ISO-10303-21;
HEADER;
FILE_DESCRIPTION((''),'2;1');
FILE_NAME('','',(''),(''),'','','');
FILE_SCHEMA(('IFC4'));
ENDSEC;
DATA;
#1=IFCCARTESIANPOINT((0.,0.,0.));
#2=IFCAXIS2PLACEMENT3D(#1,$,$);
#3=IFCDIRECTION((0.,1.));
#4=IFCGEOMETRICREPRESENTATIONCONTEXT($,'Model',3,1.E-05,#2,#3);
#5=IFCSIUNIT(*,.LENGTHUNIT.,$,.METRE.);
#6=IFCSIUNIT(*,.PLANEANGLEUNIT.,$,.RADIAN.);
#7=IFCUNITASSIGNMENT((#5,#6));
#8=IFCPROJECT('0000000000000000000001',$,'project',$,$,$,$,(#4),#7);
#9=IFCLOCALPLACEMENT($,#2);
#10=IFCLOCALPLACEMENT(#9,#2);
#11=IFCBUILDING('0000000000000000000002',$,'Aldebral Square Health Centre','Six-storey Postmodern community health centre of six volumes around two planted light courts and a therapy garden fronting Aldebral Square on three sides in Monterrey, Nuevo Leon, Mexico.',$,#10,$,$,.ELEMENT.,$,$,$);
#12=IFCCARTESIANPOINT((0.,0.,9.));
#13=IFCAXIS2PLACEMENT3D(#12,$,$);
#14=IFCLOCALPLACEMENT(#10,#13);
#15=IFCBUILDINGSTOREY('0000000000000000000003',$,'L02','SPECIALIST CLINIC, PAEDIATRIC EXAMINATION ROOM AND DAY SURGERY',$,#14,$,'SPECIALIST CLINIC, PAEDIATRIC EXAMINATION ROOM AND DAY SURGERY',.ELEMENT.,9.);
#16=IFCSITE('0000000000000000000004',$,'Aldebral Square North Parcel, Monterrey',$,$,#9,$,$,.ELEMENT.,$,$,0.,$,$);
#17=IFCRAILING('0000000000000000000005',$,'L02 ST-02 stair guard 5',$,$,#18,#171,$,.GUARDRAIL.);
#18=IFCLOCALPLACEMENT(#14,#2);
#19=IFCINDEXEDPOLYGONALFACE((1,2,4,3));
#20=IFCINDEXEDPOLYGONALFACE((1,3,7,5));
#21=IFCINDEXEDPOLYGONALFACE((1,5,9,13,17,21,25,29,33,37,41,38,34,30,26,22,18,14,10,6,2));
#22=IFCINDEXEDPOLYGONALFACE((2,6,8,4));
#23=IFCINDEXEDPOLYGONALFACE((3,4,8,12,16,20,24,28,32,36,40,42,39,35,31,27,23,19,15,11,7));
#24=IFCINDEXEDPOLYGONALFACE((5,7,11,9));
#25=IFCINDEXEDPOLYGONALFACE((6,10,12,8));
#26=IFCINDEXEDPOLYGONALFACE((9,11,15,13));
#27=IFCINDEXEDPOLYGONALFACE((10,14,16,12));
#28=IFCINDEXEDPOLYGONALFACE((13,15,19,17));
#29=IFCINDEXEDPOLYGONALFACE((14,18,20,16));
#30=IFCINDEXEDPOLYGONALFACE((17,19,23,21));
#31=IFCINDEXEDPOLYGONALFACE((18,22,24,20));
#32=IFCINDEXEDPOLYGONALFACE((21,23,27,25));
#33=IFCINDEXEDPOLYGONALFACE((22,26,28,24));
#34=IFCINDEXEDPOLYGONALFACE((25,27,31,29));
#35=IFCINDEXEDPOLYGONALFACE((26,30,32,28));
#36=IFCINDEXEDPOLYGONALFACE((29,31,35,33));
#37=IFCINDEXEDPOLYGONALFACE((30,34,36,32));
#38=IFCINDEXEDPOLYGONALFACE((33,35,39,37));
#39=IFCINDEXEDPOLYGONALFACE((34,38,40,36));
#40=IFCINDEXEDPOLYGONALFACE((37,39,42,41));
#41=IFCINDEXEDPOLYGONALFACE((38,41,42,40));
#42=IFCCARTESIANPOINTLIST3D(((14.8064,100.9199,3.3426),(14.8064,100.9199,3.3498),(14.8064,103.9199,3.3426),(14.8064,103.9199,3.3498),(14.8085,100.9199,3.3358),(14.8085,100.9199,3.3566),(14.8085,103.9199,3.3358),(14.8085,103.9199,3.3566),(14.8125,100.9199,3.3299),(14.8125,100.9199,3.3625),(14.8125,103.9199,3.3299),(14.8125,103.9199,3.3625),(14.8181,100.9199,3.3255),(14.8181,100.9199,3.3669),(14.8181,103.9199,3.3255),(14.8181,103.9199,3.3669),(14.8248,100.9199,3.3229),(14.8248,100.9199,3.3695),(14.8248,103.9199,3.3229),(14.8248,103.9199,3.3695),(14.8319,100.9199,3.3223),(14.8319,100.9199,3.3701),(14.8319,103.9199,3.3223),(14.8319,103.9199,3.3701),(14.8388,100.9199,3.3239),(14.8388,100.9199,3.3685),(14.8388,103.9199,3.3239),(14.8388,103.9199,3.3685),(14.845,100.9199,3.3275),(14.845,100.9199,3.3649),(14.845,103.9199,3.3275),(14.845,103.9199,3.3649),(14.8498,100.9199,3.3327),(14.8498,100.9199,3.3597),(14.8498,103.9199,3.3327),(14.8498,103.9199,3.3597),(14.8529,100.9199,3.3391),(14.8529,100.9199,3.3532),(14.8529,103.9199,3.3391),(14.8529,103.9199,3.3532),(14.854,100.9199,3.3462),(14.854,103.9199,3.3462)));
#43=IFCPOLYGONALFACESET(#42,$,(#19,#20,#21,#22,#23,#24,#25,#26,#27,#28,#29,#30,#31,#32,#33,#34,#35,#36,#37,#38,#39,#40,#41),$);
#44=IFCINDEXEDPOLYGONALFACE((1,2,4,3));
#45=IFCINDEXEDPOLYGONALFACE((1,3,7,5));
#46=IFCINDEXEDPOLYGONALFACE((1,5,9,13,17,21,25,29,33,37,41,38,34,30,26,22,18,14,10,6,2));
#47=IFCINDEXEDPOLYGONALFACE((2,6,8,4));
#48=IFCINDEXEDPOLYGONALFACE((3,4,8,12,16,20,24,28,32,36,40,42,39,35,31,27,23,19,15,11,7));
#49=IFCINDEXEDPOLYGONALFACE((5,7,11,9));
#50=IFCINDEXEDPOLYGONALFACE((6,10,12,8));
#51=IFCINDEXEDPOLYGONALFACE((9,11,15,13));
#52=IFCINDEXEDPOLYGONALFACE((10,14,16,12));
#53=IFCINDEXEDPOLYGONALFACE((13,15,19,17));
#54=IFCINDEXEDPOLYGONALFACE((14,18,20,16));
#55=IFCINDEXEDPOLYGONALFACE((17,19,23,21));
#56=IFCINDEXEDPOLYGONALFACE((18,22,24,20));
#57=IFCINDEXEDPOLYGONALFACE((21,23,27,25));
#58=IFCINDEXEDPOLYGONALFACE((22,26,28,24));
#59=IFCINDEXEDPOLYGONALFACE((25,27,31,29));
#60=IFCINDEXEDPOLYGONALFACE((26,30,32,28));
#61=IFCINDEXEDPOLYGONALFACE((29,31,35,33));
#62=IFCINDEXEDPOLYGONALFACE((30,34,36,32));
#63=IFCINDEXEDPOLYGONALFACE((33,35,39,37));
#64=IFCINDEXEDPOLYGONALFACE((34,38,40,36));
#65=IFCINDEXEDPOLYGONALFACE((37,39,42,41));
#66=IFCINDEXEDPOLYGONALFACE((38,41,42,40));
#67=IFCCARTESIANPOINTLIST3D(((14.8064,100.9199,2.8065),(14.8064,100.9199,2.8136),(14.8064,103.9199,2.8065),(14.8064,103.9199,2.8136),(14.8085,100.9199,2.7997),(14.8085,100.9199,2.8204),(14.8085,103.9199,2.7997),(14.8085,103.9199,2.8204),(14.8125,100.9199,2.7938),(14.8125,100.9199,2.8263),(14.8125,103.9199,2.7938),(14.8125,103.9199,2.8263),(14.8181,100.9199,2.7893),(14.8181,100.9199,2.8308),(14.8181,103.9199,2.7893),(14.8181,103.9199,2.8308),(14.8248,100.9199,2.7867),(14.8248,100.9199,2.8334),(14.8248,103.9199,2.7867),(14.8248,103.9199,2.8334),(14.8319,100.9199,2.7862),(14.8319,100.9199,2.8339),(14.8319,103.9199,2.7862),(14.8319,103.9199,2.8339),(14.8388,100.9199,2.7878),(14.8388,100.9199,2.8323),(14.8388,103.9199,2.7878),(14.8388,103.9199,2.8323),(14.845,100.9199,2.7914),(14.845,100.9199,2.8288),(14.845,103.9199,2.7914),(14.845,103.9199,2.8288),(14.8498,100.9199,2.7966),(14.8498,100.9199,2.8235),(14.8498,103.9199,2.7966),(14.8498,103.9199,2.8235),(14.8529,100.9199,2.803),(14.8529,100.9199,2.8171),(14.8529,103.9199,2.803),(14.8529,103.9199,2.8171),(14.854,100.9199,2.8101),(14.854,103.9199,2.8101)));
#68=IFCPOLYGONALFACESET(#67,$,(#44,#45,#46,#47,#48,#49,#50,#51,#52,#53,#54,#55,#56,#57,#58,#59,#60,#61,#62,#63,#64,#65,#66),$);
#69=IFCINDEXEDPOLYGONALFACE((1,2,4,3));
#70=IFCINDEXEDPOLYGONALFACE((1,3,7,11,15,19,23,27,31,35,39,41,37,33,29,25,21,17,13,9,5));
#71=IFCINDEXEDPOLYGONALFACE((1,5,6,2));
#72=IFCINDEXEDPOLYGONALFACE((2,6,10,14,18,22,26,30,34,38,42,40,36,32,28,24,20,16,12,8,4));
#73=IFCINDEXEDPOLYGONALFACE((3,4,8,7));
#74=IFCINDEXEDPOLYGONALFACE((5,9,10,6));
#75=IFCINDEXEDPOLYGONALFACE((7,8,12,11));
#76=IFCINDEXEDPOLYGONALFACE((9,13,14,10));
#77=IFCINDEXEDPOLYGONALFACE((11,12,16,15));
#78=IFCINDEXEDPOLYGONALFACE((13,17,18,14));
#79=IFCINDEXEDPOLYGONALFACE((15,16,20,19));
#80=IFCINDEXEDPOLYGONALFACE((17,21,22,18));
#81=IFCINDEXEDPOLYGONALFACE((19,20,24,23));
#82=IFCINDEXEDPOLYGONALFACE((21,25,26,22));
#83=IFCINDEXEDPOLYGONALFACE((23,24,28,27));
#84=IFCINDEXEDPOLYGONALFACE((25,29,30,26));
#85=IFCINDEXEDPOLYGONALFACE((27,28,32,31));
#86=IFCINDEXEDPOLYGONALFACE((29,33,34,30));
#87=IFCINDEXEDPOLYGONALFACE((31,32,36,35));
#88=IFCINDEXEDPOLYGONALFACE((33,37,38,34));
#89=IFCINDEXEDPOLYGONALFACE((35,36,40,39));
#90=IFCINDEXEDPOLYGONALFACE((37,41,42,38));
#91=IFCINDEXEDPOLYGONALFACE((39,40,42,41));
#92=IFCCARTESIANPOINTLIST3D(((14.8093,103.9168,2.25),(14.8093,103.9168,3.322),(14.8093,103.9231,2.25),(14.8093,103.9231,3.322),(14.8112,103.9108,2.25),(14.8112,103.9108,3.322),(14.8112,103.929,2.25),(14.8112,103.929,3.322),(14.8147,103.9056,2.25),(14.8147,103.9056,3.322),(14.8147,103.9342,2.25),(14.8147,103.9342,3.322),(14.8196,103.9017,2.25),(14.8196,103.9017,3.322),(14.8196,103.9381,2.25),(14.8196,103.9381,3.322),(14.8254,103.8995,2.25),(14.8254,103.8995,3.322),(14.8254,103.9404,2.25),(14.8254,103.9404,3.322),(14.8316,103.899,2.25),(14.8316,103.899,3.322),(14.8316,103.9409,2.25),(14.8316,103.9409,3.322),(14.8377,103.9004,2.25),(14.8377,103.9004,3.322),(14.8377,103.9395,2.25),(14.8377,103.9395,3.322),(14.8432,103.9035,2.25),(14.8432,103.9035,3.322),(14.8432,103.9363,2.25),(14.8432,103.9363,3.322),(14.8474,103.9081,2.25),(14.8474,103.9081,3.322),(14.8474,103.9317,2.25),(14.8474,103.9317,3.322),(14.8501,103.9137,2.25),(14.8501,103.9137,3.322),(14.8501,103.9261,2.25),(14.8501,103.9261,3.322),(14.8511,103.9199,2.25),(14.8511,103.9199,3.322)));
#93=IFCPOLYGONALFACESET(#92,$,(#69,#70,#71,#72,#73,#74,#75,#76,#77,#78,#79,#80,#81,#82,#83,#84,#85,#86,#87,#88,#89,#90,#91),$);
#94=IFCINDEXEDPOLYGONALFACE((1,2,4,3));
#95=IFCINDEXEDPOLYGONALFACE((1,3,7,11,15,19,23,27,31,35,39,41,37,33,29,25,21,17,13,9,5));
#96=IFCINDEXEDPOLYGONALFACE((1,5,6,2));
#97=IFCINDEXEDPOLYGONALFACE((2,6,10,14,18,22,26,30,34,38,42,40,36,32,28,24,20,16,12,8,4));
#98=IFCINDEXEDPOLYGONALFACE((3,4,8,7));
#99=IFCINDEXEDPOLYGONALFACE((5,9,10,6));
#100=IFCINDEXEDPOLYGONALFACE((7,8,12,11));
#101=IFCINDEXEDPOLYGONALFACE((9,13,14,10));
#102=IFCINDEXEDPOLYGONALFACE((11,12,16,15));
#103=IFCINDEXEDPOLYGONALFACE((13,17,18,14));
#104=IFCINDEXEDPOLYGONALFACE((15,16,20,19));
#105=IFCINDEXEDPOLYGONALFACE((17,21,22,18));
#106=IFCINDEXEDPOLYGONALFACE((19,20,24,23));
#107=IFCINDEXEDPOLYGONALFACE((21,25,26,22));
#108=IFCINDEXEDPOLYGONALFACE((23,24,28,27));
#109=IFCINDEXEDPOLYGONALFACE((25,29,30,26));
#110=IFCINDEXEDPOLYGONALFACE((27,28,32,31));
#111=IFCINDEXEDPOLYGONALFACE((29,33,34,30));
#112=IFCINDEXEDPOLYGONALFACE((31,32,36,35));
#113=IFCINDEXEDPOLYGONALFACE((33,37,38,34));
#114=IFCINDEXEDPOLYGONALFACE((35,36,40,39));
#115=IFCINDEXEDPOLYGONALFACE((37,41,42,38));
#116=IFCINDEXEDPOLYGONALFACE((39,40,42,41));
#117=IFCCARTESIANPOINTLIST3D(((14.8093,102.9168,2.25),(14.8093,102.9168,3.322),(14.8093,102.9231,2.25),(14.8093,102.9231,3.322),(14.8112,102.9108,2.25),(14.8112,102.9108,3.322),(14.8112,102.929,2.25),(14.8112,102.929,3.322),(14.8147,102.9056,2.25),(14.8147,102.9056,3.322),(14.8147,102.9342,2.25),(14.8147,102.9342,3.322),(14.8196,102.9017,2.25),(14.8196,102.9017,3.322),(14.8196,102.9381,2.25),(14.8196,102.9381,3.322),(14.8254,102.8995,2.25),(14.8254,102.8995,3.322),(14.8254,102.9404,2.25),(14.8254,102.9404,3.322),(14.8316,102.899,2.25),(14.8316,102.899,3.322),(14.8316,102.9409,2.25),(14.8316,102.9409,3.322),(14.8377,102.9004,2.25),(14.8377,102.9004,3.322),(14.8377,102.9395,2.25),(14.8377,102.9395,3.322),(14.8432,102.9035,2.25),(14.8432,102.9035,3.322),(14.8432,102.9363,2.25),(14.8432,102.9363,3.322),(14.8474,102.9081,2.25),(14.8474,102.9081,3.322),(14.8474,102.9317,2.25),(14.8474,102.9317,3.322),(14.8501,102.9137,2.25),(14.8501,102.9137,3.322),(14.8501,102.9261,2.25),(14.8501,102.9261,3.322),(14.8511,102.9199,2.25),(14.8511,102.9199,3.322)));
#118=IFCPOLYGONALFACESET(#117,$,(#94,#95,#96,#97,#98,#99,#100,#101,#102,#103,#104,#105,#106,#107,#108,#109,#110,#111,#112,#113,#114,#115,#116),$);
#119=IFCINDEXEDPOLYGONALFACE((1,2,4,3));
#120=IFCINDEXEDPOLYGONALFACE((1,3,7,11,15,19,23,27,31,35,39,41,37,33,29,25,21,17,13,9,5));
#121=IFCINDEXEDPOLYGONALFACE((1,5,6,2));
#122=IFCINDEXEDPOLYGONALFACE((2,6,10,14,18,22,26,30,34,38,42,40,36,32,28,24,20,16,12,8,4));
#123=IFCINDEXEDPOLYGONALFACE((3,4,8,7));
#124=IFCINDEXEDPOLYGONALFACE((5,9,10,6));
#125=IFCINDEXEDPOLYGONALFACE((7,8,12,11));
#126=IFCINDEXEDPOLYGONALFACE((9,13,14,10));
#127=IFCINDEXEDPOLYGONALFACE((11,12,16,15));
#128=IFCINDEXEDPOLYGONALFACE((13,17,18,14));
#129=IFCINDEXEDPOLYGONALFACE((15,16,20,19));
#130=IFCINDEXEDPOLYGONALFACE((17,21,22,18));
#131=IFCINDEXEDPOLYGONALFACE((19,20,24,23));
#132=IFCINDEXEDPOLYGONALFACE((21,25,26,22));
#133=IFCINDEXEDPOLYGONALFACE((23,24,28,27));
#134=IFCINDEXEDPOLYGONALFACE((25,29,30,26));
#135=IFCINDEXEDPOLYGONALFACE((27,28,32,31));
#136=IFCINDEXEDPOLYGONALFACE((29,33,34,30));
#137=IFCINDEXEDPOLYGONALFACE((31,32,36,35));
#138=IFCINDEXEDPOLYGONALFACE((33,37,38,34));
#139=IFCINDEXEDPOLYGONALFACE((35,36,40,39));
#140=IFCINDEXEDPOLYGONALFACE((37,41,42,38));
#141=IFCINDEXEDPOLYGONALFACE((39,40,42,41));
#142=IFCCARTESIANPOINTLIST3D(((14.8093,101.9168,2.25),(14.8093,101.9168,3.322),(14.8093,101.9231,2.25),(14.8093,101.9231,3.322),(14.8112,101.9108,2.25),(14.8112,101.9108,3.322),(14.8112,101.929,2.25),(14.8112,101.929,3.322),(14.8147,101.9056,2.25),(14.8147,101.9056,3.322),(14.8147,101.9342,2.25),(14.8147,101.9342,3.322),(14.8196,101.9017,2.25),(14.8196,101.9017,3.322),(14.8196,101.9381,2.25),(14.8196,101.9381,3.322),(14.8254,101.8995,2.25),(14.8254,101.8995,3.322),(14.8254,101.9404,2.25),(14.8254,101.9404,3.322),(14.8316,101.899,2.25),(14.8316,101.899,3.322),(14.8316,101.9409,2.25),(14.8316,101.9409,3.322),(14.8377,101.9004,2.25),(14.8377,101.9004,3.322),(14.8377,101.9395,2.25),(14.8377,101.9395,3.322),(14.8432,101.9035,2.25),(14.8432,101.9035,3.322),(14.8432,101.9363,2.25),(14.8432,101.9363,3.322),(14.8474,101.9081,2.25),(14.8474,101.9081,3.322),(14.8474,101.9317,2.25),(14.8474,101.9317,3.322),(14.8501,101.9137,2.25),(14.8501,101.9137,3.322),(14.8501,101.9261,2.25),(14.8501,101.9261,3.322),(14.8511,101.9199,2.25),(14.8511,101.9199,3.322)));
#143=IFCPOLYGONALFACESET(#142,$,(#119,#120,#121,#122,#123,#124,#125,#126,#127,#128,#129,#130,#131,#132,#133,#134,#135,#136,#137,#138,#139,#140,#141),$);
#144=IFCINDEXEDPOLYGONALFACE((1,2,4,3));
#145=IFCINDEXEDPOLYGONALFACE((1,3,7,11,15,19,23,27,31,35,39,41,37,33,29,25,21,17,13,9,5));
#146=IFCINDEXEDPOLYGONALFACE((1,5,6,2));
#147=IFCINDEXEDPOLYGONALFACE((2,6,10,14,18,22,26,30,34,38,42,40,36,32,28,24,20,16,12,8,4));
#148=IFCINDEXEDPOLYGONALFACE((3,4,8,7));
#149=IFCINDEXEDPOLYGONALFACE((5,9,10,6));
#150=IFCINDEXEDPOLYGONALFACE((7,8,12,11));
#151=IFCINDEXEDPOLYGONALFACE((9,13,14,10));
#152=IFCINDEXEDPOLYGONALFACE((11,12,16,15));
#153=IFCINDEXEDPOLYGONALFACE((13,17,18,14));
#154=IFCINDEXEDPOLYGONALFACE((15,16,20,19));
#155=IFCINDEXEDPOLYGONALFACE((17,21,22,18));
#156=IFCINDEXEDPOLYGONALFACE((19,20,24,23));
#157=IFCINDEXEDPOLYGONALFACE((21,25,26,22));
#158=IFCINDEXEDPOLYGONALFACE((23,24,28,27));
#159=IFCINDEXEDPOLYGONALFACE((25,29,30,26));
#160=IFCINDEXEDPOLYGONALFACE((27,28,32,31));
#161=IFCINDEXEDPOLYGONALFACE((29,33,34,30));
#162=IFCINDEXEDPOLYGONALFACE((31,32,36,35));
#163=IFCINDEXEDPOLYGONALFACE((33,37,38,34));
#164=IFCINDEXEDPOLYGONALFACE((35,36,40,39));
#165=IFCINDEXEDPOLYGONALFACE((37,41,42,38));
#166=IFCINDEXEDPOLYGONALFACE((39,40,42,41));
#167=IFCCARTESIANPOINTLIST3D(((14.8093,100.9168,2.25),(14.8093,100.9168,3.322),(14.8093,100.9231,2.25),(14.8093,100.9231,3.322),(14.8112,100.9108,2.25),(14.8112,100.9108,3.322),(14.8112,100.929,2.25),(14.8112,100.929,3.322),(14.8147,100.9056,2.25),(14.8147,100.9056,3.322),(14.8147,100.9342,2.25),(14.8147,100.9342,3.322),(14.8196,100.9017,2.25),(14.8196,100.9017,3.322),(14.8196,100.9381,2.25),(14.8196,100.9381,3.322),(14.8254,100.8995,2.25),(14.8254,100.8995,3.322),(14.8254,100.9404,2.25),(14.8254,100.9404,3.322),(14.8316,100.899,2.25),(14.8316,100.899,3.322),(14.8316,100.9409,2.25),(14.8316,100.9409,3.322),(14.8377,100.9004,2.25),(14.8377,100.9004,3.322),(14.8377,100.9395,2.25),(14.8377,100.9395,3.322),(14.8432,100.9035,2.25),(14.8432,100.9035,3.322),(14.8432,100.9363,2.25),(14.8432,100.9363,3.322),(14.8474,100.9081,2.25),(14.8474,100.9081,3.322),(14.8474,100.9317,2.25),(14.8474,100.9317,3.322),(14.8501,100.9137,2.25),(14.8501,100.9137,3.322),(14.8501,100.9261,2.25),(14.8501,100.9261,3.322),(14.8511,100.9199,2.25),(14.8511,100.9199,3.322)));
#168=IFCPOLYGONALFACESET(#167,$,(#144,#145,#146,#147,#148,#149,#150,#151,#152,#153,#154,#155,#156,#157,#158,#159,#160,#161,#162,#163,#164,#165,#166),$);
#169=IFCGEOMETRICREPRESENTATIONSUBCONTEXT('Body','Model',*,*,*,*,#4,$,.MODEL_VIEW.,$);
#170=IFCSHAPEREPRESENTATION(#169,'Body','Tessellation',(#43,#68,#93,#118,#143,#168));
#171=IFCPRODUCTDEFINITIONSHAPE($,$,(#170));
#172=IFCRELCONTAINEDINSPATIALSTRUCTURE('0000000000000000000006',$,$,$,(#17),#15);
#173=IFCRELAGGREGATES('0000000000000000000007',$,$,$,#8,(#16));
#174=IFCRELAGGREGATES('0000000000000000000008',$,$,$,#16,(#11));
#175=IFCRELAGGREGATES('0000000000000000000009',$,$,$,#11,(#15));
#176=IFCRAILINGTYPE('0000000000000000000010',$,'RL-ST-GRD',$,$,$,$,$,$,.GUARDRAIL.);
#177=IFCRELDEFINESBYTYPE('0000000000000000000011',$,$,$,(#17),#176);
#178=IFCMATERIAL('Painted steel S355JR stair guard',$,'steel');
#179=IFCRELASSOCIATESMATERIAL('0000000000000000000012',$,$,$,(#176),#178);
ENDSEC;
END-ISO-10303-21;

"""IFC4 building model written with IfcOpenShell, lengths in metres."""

from ifc_helpers import new_model, si_unit, direction, frame, origin, origin_2d, place, context, subcontext, project, spatial, circle, extrude, material, type_object, element, save


model = new_model("IFC4")

# Units and contexts
model_context = context("Model", 3, precision=1e-05, world=origin(), true_north=direction((0.0, 1.0)))
body_context = subcontext(model_context, "Body", "Model", "MODEL_VIEW")
ifc_project = project(units=[si_unit("LENGTHUNIT", "METRE"), si_unit("PLANEANGLEUNIT", "RADIAN")], contexts=[model_context])

# Site, building, storey
site_placement = place(None, origin())
site = spatial("IfcSite", under=ifc_project, at=site_placement, Name="Aldebral Square North Parcel, Monterrey", CompositionType="ELEMENT", RefElevation=0.0)
building_placement = place(site_placement, origin())
building = spatial("IfcBuilding", under=site, at=building_placement, Name="Aldebral Square Health Centre", Description="Six-storey Postmodern community health centre of six volumes around two planted light courts and a therapy garden fronting Aldebral Square on three sides in Monterrey, Nuevo Leon, Mexico.", CompositionType="ELEMENT")
storey_placement = place(building_placement, frame((0.0, 0.0, 9.0)))
storey = spatial("IfcBuildingStorey", under=building, at=storey_placement, Name="L02", Description="SPECIALIST CLINIC, PAEDIATRIC EXAMINATION ROOM AND DAY SURGERY", LongName="SPECIALIST CLINIC, PAEDIATRIC EXAMINATION ROOM AND DAY SURGERY", CompositionType="ELEMENT", Elevation=9.0)

# Railing
ifc_material_1 = material(Name="Painted steel S355JR stair guard", Category="steel")
railing_type_1 = type_object("IfcRailingType", Name="RL-ST-GRD", PredefinedType="GUARDRAIL", material=ifc_material_1)
railing_1_placement = place(storey_placement, frame((14.8301, 103.9199, 2.25)))
element("IfcRailing", 1, at=railing_1_placement, inside=storey, type_object=railing_type_1, Name="L02 ST-02 stair guard 5", PredefinedType="GUARDRAIL", context=body_context, shape_type="SweptSolid", body=[
    extrude(circle(Radius=0.0239, at=origin_2d()), frame((0.0, 0.0, 1.0962), z_axis=(0.0, -1.0, 0.0), x_axis=(1.0, 0.0, 0.0)), (0.0, 0.0, 1.0), 3.0),
    extrude(circle(Radius=0.0239, at=origin_2d()), frame((0.0, 0.0, 0.5601), z_axis=(0.0, -1.0, 0.0), x_axis=(1.0, 0.0, 0.0)), (0.0, 0.0, 1.0), 3.0),
    extrude(circle(Radius=0.021, at=origin_2d()), origin(), (0.0, 0.0, 1.0), 1.072),
    extrude(circle(Radius=0.021, at=origin_2d()), frame((0.0, -1.0, 0.0)), (0.0, 0.0, 1.0), 1.072),
    extrude(circle(Radius=0.021, at=origin_2d()), frame((0.0, -2.0, 0.0)), (0.0, 0.0, 1.0), 1.072),
    extrude(circle(Radius=0.021, at=origin_2d()), frame((0.0, -3.0, 0.0)), (0.0, 0.0, 1.0), 1.072),
])

save(model, "model.ifc")
